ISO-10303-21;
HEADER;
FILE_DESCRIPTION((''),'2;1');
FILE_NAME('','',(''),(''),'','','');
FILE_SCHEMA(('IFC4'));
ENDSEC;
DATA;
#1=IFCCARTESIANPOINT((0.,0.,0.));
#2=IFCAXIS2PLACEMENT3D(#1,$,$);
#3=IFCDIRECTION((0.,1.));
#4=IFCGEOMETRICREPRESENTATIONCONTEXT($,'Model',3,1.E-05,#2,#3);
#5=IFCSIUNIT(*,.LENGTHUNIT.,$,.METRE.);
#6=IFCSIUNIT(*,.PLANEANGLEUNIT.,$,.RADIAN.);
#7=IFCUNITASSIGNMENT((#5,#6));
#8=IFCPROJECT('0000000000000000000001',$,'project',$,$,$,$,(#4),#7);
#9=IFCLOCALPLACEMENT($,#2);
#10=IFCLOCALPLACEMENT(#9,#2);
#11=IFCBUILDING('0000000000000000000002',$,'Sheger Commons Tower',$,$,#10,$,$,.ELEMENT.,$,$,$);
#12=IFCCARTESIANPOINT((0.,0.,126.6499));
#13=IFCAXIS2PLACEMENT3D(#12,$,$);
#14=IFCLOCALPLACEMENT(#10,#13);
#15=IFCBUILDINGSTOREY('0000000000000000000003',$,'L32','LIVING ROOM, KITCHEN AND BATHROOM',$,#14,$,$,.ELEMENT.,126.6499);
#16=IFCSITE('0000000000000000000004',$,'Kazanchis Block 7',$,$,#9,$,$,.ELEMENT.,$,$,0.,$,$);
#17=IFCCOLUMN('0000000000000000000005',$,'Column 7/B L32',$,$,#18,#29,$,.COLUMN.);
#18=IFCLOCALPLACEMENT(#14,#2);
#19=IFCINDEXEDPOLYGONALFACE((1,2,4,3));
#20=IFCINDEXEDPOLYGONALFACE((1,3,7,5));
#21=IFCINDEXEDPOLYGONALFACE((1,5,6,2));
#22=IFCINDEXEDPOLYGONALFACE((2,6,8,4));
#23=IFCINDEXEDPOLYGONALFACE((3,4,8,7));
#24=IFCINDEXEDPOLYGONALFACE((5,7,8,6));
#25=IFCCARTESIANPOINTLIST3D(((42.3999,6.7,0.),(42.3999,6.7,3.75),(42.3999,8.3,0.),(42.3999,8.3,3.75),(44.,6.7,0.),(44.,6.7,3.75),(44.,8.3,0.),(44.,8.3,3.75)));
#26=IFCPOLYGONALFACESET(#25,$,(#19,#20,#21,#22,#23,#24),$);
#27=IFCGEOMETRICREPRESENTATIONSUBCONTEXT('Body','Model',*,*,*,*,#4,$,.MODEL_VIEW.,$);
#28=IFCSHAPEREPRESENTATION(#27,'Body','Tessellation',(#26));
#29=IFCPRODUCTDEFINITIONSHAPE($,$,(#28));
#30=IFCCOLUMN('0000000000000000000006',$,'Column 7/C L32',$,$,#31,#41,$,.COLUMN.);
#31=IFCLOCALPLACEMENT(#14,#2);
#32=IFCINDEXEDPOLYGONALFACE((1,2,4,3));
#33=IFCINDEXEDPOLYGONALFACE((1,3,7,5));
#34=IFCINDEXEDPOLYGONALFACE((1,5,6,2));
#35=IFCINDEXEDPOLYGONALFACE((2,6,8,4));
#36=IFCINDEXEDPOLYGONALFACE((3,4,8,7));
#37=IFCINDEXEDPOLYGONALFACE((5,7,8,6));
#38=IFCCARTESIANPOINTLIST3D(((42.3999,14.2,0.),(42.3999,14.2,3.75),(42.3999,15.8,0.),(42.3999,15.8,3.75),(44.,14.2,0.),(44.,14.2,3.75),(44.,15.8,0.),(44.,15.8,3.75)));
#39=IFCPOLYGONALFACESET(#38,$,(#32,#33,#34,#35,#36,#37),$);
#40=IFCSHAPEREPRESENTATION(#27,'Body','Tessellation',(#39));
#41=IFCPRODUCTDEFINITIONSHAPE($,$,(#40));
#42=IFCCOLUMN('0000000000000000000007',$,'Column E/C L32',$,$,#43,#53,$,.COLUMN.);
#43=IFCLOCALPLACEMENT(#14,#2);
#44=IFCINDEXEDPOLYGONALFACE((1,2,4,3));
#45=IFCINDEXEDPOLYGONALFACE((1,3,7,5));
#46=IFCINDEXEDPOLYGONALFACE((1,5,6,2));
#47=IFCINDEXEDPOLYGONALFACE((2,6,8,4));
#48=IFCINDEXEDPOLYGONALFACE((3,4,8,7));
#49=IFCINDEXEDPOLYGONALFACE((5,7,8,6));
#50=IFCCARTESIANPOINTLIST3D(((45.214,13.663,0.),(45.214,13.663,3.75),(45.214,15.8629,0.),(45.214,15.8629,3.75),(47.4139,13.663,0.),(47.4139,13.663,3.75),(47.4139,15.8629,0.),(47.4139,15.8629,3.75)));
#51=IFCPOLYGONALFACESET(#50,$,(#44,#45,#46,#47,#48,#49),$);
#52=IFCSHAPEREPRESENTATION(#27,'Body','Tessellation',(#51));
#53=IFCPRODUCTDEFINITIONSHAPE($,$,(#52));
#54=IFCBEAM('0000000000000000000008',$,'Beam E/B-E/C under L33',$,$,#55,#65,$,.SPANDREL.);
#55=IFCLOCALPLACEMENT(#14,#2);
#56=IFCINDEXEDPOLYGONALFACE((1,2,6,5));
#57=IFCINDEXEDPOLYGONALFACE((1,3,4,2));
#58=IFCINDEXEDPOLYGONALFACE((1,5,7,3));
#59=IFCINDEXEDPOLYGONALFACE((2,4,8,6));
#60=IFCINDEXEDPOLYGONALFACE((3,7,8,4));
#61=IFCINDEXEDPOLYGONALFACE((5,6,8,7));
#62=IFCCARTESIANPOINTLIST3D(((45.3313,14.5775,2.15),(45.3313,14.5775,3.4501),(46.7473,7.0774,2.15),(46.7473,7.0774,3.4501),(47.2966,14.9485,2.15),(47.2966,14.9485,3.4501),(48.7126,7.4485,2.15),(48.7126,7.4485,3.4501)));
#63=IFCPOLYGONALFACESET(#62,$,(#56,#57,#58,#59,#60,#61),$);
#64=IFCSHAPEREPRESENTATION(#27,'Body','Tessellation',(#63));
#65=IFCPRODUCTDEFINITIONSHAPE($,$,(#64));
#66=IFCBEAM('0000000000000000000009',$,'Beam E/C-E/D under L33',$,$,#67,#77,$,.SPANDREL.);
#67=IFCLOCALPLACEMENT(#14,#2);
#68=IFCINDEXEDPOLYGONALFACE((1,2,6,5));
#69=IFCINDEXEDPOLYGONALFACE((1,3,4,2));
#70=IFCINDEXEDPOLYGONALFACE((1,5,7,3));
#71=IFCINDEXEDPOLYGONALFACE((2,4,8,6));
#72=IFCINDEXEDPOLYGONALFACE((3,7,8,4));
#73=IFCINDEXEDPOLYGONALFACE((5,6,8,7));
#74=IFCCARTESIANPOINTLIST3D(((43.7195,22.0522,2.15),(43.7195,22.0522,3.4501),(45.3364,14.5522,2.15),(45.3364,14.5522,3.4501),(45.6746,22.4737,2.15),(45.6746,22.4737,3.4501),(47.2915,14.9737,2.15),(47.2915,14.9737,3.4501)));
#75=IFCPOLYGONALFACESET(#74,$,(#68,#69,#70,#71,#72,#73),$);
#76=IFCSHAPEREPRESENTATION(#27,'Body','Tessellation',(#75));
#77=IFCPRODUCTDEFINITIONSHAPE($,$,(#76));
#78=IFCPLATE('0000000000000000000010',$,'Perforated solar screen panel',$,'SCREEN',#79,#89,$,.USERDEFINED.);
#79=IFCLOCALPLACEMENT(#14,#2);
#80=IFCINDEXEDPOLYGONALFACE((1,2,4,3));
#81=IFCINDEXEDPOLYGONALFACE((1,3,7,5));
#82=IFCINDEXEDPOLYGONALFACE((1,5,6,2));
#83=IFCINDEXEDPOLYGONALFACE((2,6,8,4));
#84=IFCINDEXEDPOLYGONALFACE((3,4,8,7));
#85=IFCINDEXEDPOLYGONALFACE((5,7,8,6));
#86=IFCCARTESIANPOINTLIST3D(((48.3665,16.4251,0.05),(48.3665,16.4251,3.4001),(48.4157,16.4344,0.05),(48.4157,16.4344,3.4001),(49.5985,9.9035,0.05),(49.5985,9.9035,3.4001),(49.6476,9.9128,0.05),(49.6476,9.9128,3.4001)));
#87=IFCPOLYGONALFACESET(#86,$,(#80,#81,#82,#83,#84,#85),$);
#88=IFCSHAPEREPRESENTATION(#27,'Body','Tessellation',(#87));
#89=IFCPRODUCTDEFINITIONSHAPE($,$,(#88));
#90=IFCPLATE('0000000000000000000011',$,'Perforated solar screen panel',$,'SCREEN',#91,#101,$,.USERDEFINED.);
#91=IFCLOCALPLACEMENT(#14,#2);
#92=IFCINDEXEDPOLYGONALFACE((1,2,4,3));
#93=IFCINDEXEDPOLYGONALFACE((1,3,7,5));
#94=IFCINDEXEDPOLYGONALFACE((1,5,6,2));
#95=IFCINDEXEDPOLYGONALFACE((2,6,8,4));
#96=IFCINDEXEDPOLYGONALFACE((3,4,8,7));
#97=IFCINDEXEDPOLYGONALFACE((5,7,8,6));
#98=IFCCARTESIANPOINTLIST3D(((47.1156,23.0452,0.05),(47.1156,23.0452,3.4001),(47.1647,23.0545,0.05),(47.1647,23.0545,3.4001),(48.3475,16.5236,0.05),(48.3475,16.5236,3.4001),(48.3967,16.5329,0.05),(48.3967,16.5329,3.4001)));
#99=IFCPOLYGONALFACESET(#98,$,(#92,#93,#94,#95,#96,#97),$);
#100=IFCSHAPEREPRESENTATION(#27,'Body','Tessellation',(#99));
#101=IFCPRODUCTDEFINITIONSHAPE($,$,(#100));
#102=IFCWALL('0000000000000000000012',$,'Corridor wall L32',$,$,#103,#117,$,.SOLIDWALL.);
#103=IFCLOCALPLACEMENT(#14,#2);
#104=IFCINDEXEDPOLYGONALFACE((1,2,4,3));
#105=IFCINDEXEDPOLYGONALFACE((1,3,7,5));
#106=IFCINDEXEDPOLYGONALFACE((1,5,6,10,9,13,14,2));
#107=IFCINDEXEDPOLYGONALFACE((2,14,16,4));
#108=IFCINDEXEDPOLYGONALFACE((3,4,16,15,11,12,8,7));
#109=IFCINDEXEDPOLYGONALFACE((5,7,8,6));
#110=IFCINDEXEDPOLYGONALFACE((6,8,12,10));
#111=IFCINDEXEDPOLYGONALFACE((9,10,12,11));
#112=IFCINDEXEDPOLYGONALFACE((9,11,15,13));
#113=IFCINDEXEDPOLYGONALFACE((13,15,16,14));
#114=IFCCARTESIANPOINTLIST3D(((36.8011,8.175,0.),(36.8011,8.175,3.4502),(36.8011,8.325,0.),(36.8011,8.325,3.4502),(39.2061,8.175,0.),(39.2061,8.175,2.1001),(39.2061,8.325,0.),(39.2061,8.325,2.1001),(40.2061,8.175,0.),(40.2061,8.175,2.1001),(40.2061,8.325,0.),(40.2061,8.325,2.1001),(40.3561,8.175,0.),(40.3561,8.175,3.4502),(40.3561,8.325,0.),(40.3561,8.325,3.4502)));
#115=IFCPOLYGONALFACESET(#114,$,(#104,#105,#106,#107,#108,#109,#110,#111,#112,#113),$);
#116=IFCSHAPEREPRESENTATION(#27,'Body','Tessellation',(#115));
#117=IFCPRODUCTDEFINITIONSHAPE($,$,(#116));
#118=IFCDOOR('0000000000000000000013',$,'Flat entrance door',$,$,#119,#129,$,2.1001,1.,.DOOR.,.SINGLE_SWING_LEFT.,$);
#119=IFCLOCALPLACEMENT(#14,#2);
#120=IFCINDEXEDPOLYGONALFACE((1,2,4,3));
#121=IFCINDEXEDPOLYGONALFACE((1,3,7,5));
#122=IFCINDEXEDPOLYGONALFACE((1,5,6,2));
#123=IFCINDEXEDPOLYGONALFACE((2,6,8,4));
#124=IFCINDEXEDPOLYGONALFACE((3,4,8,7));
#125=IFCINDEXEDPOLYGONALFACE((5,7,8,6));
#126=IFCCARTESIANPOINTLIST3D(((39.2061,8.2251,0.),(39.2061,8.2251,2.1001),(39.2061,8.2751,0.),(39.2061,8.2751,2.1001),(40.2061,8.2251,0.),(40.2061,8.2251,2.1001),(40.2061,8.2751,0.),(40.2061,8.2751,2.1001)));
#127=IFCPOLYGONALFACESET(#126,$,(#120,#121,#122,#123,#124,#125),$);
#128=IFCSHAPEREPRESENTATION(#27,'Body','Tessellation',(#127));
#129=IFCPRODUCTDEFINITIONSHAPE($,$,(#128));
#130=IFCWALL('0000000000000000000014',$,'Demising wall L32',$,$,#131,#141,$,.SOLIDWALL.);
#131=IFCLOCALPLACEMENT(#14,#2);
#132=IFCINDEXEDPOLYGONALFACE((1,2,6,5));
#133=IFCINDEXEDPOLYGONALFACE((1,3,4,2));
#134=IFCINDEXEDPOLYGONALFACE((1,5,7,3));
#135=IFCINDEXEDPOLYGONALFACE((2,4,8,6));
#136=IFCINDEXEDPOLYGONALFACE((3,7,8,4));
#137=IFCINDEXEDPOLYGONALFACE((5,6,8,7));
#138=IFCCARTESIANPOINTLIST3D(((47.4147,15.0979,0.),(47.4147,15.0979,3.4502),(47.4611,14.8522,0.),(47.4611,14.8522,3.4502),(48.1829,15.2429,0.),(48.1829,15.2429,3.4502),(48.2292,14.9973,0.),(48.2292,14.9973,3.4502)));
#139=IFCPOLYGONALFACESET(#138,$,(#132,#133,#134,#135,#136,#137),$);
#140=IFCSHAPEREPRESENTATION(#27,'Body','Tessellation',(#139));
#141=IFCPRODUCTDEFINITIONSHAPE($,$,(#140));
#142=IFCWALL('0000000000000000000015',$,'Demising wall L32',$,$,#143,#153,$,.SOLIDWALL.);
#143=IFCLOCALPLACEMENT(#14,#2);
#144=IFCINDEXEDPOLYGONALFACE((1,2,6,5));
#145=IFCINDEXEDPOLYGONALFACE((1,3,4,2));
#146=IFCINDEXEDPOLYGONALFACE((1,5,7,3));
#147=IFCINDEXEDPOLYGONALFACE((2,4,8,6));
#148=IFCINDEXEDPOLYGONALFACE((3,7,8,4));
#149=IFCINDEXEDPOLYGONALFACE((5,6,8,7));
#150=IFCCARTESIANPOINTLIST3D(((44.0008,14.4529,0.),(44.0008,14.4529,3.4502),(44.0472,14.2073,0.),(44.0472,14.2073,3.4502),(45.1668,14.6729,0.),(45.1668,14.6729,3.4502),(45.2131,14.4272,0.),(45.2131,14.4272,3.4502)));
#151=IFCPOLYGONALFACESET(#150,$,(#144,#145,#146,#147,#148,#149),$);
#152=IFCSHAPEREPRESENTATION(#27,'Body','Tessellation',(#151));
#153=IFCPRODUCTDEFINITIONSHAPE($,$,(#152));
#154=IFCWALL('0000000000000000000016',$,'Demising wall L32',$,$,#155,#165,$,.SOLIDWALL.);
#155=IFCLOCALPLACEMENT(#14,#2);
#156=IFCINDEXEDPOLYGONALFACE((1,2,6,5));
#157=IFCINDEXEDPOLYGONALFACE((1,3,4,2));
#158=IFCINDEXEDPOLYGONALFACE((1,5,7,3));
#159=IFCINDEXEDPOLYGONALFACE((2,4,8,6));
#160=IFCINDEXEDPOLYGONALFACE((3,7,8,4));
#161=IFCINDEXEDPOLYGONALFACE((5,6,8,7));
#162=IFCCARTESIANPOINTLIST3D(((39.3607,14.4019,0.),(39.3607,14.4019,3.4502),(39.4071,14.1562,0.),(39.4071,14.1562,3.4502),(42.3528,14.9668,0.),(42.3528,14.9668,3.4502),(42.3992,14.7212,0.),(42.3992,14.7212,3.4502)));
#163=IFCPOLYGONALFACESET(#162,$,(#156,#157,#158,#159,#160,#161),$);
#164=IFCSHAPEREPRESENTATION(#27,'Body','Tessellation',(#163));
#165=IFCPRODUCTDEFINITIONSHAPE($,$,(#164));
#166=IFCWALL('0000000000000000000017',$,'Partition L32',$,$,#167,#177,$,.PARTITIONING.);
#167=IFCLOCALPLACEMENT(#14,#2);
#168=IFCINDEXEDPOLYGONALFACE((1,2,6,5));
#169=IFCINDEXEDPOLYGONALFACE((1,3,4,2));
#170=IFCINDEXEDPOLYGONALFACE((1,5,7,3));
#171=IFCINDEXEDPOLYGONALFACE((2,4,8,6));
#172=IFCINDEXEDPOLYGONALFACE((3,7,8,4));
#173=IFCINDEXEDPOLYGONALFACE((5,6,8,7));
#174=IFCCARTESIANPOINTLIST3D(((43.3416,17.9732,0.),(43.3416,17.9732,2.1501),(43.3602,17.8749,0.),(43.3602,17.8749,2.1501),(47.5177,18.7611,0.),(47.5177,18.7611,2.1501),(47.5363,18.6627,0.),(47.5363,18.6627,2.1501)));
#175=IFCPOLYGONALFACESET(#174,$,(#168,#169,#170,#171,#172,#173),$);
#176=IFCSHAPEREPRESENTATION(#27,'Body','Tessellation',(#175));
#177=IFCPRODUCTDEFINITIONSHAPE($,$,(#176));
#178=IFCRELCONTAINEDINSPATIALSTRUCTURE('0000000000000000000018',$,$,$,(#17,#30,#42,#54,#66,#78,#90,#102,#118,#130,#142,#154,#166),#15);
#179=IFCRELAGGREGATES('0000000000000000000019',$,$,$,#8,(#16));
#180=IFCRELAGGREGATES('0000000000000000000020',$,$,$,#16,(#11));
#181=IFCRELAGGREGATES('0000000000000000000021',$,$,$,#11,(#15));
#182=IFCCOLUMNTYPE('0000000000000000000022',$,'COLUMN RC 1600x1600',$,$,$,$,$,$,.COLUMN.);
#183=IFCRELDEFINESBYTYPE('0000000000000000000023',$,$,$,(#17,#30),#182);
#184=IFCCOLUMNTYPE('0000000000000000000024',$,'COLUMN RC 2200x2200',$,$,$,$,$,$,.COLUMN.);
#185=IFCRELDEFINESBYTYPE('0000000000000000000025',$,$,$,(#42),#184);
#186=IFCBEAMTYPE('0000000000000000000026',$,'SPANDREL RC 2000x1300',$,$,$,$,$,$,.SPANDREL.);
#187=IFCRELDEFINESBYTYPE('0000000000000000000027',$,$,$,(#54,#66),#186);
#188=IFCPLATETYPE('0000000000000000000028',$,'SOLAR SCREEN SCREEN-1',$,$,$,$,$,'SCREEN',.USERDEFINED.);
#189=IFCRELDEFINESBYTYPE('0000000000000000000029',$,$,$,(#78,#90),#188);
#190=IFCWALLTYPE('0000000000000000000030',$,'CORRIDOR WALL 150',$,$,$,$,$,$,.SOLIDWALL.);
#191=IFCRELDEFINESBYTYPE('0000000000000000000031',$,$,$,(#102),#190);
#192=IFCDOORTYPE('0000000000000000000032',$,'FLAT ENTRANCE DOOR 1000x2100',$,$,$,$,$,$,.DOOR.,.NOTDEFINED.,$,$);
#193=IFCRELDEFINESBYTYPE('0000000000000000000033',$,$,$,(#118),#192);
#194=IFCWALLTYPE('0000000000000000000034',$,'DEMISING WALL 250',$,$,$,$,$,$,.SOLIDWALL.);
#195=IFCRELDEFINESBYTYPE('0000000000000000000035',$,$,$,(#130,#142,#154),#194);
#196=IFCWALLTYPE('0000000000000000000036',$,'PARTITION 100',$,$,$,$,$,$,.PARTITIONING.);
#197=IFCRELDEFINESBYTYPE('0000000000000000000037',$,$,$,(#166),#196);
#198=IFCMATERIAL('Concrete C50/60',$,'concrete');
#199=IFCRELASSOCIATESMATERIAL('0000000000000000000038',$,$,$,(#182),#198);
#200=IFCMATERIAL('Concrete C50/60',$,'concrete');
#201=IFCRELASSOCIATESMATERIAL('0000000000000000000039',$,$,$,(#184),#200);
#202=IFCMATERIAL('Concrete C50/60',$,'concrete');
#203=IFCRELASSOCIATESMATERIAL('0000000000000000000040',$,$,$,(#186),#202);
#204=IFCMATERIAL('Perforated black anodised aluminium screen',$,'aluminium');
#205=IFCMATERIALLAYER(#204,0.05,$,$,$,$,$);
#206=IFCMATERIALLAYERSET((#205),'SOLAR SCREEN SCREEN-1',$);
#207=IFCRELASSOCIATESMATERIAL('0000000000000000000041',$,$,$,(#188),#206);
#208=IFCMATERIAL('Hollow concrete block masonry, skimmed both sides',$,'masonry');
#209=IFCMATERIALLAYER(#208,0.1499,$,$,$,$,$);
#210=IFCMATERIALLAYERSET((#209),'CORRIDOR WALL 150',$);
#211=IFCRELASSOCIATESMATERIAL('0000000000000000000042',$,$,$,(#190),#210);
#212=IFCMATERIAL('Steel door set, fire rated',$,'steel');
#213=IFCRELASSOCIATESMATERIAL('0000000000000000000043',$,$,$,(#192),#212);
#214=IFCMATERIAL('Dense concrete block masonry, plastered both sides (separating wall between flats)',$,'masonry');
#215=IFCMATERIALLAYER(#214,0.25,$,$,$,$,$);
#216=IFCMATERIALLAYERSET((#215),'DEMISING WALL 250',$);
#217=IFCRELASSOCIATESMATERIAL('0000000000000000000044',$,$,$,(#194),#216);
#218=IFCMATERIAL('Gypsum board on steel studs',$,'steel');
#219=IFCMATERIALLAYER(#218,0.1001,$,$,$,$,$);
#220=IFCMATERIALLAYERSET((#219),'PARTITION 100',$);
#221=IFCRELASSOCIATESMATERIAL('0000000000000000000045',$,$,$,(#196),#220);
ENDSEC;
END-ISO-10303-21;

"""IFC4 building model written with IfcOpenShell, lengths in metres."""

from ifc_helpers import new_model, si_unit, direction, frame, frame_2d, origin, origin_2d, place, context, subcontext, project, spatial, rectangle, extrude, material, layer, layer_set, material_profile, profile_set, type_object, element, fill, save


model = new_model("IFC4")

# Units and contexts
model_context = context("Model", 3, precision=1e-05, world=origin(), true_north=direction((0.0, 1.0)))
body_context = subcontext(model_context, "Body", "Model", "MODEL_VIEW")
ifc_project = project(units=[si_unit("LENGTHUNIT", "METRE"), si_unit("PLANEANGLEUNIT", "RADIAN")], contexts=[model_context])

# Site, building, storey
site_placement = place(None, origin())
site = spatial("IfcSite", under=ifc_project, at=site_placement, Name="Kazanchis Block 7", CompositionType="ELEMENT", RefElevation=0.0)
building_placement = place(site_placement, origin())
building = spatial("IfcBuilding", under=site, at=building_placement, Name="Sheger Commons Tower", CompositionType="ELEMENT")
storey_placement = place(building_placement, frame((0.0, 0.0, 126.6499)))
storey = spatial("IfcBuildingStorey", under=building, at=storey_placement, Name="L32", Description="LIVING ROOM, KITCHEN AND BATHROOM", CompositionType="ELEMENT", Elevation=126.6499)

# Columns
ifc_material_1 = material(Name="Concrete C50/60", Category="concrete")
ifc_material_profile_1 = material_profile(ifc_material_1, rectangle(XDim=1.6001, YDim=1.6001, at=origin_2d()), Name="RC 1600x1600")
ifc_profile_set_1 = profile_set([ifc_material_profile_1], Name="Concrete C50/60")
column_type_1 = type_object("IfcColumnType", Name="COLUMN RC 1600x1600", PredefinedType="COLUMN", material=ifc_profile_set_1)
for number, where, z_axis, x_axis, name in (
    (1, (43.2, 7.5, 0.0), (0.0, 0.0, 1.0), (1.0, 0.0, 0.0), "Column 7/B L32"),
    (2, (43.2, 15.0, 0.0), (0.0, 0.0, 1.0), (1.0, 0.0, 0.0), "Column 7/C L32"),
):
    element("IfcColumn", number, at=place(storey_placement, frame(where, z_axis=z_axis, x_axis=x_axis)), inside=storey, type_object=column_type_1, Name=name, PredefinedType="COLUMN", context=body_context, shape_type="SweptSolid", body=[
        extrude(rectangle(XDim=1.6001, YDim=1.6001, at=origin_2d()), origin(), (0.0, 0.0, 1.0), 3.75),
    ])
ifc_material_2 = material(Name="Concrete C50/60", Category="concrete")
ifc_material_profile_2 = material_profile(ifc_material_2, rectangle(XDim=2.2, YDim=2.2, at=origin_2d()), Name="RC 2200x2200")
ifc_profile_set_2 = profile_set([ifc_material_profile_2], Name="Concrete C50/60")
column_type_2 = type_object("IfcColumnType", Name="COLUMN RC 2200x2200", PredefinedType="COLUMN", material=ifc_profile_set_2)
column_placement = place(storey_placement, frame((46.314, 14.7629, 0.0), z_axis=(0.0, 0.0, 1.0), x_axis=(1.0, 0.0, 0.0)))
element("IfcColumn", 3, at=column_placement, inside=storey, type_object=column_type_2, Name="Column E/C L32", PredefinedType="COLUMN", context=body_context, shape_type="SweptSolid", body=[
    extrude(rectangle(XDim=2.2, YDim=2.2, at=origin_2d()), origin(), (0.0, 0.0, 1.0), 3.75),
])

# Beams
ifc_material_3 = material(Name="Concrete C50/60", Category="concrete")
ifc_material_profile_3 = material_profile(ifc_material_3, rectangle(XDim=2.0, YDim=1.3, at=origin_2d()), Name="RC 2000x1300")
ifc_profile_set_3 = profile_set([ifc_material_profile_3], Name="Concrete C50/60")
beam_type = type_object("IfcBeamType", Name="SPANDREL RC 2000x1300", PredefinedType="SPANDREL", material=ifc_profile_set_3)
beam_1_placement = place(storey_placement, frame((47.73, 7.2629, 2.8), z_axis=(-0.185524, 0.98264, 0.0), x_axis=(-0.98264, -0.185524, 0.0)))
element("IfcBeam", 4, at=beam_1_placement, inside=storey, type_object=beam_type, Name="Beam E/B-E/C under L33", PredefinedType="SPANDREL", context=body_context, shape_type="SweptSolid", body=[
    extrude(rectangle(XDim=2.0, YDim=1.3, at=origin_2d()), origin(), (0.0, 0.0, 1.0), 7.6326),
])
beam_2_placement = place(storey_placement, frame((46.314, 14.7629, 2.8), z_axis=(-0.21075, 0.97754, 0.0), x_axis=(-0.97754, -0.21075, 0.0)))
element("IfcBeam", 5, at=beam_2_placement, inside=storey, type_object=beam_type, Name="Beam E/C-E/D under L33", PredefinedType="SPANDREL", context=body_context, shape_type="SweptSolid", body=[
    extrude(rectangle(XDim=2.0, YDim=1.3, at=origin_2d()), origin(), (0.0, 0.0, 1.0), 7.6724),
])

# Plates
ifc_material_4 = material(Name="Perforated black anodised aluminium screen", Category="aluminium")
ifc_layer_1 = layer(ifc_material_4, 0.05)
ifc_layer_set_1 = layer_set([ifc_layer_1], Name="SOLAR SCREEN SCREEN-1")
plate_type = type_object("IfcPlateType", Name="SOLAR SCREEN SCREEN-1", ElementType="SCREEN", PredefinedType="USERDEFINED", material=ifc_layer_set_1)
for number, where, z_axis, x_axis, name in (
    (6, (49.0071, 13.1689, 0.05), (0.0, 0.0, 1.0), (-0.185615, 0.982623, 0.0), "Perforated solar screen panel"),
    (7, (47.7561, 19.7891, 0.05), (0.0, 0.0, 1.0), (-0.185615, 0.982623, 0.0), "Perforated solar screen panel"),
):
    element("IfcPlate", number, at=place(storey_placement, frame(where, z_axis=z_axis, x_axis=x_axis)), inside=storey, type_object=plate_type, Name=name, ObjectType="SCREEN", PredefinedType="USERDEFINED", context=body_context, shape_type="SweptSolid", body=[
        extrude(rectangle(XDim=6.637, YDim=0.05, at=origin_2d()), origin(), (0.0, 0.0, 1.0), 3.3501),
    ])

# Wall, opening, door
ifc_material_5 = material(Name="Hollow concrete block masonry, skimmed both sides", Category="masonry")
ifc_layer_2 = layer(ifc_material_5, 0.1499)
ifc_layer_set_2 = layer_set([ifc_layer_2], Name="CORRIDOR WALL 150")
wall_type_1 = type_object("IfcWallType", Name="CORRIDOR WALL 150", PredefinedType="SOLIDWALL", material=ifc_layer_set_2)
wall_1_placement = place(storey_placement, frame((40.356, 8.25, 0.0), z_axis=(0.0, 0.0, 1.0), x_axis=(-1.0, 0.0, 0.0)))
wall_1 = element("IfcWall", 8, at=wall_1_placement, inside=storey, type_object=wall_type_1, Name="Corridor wall L32", PredefinedType="SOLIDWALL", context=body_context, shape_type="SweptSolid", body=[
    extrude(rectangle(XDim=3.5549, YDim=0.1499, at=frame_2d((1.7773, 0.0))), origin(), (0.0, 0.0, 1.0), 3.4502),
])
opening_1_placement = place(wall_1_placement, frame((0.1499, 0.0, 0.0)))
opening_1 = element("IfcOpeningElement", 9, at=opening_1_placement, cuts=wall_1, PredefinedType="OPENING", context=body_context, shape_type="SweptSolid", body=[
    extrude(rectangle(XDim=1.0, YDim=2.1001, at=frame_2d((0.5, 1.05))), frame((0.0, 0.085, 0.0), z_axis=(0.0, -1.0, 0.0), x_axis=(1.0, 0.0, 0.0)), (0.0, 0.0, 1.0), 0.1699),
])
ifc_material_6 = material(Name="Steel door set, fire rated", Category="steel")
door_type_1 = type_object("IfcDoorType", Name="FLAT ENTRANCE DOOR 1000x2100", OperationType="NOTDEFINED", PredefinedType="DOOR", material=ifc_material_6)
door_1_placement = place(opening_1_placement, origin())
door_1 = element("IfcDoor", 10, at=door_1_placement, inside=storey, type_object=door_type_1, Name="Flat entrance door", OperationType="SINGLE_SWING_LEFT", OverallHeight=2.1001, OverallWidth=1.0, PredefinedType="DOOR", context=body_context, shape_type="SweptSolid", body=[
    extrude(rectangle(XDim=1.0, YDim=2.1001, at=frame_2d((0.5, 1.05))), frame((0.0, 0.0249, 0.0), z_axis=(0.0, -1.0, 0.0), x_axis=(1.0, 0.0, 0.0)), (0.0, 0.0, 1.0), 0.05),
])
fill(opening_1, door_1)

# Walls
ifc_material_7 = material(Name="Dense concrete block masonry, plastered both sides (separating wall between flats)", Category="masonry")
ifc_layer_3 = layer(ifc_material_7, 0.25)
ifc_layer_set_3 = layer_set([ifc_layer_3], Name="DEMISING WALL 250")
wall_type_2 = type_object("IfcWallType", Name="DEMISING WALL 250", PredefinedType="SOLIDWALL", material=ifc_layer_set_3)
wall_2_placement = place(storey_placement, frame((48.2061, 15.1201, 0.0), z_axis=(0.0, 0.0, 1.0), x_axis=(-0.982638, -0.185533, 0.0)))
element("IfcWall", 11, at=wall_2_placement, inside=storey, type_object=wall_type_2, Name="Demising wall L32", PredefinedType="SOLIDWALL", context=body_context, shape_type="SweptSolid", body=[
    extrude(rectangle(XDim=0.7817, YDim=0.25, at=frame_2d((0.3909, 0.0))), origin(), (0.0, 0.0, 1.0), 3.4502),
])
wall_3_placement = place(storey_placement, frame((45.1899, 14.55, 0.0), z_axis=(0.0, 0.0, 1.0), x_axis=(-0.982667, -0.185382, 0.0)))
element("IfcWall", 12, at=wall_3_placement, inside=storey, type_object=wall_type_2, Name="Demising wall L32", PredefinedType="SOLIDWALL", context=body_context, shape_type="SweptSolid", body=[
    extrude(rectangle(XDim=1.1865, YDim=0.25, at=frame_2d((0.5933, 0.0))), origin(), (0.0, 0.0, 1.0), 3.4502),
])
wall_4_placement = place(storey_placement, frame((42.376, 14.844, 0.0), z_axis=(0.0, 0.0, 1.0), x_axis=(-0.982636, -0.185542, 0.0)))
element("IfcWall", 13, at=wall_4_placement, inside=storey, type_object=wall_type_2, Name="Demising wall L32", PredefinedType="SOLIDWALL", context=body_context, shape_type="SweptSolid", body=[
    extrude(rectangle(XDim=3.0449, YDim=0.25, at=frame_2d((1.5225, 0.0))), origin(), (0.0, 0.0, 1.0), 3.4502),
])
ifc_material_8 = material(Name="Gypsum board on steel studs", Category="steel")
ifc_layer_4 = layer(ifc_material_8, 0.1001)
ifc_layer_set_4 = layer_set([ifc_layer_4], Name="PARTITION 100")
wall_type_3 = type_object("IfcWallType", Name="PARTITION 100", PredefinedType="PARTITIONING", material=ifc_layer_set_4)
wall_5_placement = place(storey_placement, frame((47.5271, 18.7119, 0.0), z_axis=(0.0, 0.0, 1.0), x_axis=(-0.982665, -0.185388, 0.0)))
element("IfcWall", 14, at=wall_5_placement, inside=storey, type_object=wall_type_3, Name="Partition L32", PredefinedType="PARTITIONING", context=body_context, shape_type="SweptSolid", body=[
    extrude(rectangle(XDim=4.2498, YDim=0.1001, at=frame_2d((2.125, 0.0))), origin(), (0.0, 0.0, 1.0), 2.1501),
])

save(model, "model.ifc")
